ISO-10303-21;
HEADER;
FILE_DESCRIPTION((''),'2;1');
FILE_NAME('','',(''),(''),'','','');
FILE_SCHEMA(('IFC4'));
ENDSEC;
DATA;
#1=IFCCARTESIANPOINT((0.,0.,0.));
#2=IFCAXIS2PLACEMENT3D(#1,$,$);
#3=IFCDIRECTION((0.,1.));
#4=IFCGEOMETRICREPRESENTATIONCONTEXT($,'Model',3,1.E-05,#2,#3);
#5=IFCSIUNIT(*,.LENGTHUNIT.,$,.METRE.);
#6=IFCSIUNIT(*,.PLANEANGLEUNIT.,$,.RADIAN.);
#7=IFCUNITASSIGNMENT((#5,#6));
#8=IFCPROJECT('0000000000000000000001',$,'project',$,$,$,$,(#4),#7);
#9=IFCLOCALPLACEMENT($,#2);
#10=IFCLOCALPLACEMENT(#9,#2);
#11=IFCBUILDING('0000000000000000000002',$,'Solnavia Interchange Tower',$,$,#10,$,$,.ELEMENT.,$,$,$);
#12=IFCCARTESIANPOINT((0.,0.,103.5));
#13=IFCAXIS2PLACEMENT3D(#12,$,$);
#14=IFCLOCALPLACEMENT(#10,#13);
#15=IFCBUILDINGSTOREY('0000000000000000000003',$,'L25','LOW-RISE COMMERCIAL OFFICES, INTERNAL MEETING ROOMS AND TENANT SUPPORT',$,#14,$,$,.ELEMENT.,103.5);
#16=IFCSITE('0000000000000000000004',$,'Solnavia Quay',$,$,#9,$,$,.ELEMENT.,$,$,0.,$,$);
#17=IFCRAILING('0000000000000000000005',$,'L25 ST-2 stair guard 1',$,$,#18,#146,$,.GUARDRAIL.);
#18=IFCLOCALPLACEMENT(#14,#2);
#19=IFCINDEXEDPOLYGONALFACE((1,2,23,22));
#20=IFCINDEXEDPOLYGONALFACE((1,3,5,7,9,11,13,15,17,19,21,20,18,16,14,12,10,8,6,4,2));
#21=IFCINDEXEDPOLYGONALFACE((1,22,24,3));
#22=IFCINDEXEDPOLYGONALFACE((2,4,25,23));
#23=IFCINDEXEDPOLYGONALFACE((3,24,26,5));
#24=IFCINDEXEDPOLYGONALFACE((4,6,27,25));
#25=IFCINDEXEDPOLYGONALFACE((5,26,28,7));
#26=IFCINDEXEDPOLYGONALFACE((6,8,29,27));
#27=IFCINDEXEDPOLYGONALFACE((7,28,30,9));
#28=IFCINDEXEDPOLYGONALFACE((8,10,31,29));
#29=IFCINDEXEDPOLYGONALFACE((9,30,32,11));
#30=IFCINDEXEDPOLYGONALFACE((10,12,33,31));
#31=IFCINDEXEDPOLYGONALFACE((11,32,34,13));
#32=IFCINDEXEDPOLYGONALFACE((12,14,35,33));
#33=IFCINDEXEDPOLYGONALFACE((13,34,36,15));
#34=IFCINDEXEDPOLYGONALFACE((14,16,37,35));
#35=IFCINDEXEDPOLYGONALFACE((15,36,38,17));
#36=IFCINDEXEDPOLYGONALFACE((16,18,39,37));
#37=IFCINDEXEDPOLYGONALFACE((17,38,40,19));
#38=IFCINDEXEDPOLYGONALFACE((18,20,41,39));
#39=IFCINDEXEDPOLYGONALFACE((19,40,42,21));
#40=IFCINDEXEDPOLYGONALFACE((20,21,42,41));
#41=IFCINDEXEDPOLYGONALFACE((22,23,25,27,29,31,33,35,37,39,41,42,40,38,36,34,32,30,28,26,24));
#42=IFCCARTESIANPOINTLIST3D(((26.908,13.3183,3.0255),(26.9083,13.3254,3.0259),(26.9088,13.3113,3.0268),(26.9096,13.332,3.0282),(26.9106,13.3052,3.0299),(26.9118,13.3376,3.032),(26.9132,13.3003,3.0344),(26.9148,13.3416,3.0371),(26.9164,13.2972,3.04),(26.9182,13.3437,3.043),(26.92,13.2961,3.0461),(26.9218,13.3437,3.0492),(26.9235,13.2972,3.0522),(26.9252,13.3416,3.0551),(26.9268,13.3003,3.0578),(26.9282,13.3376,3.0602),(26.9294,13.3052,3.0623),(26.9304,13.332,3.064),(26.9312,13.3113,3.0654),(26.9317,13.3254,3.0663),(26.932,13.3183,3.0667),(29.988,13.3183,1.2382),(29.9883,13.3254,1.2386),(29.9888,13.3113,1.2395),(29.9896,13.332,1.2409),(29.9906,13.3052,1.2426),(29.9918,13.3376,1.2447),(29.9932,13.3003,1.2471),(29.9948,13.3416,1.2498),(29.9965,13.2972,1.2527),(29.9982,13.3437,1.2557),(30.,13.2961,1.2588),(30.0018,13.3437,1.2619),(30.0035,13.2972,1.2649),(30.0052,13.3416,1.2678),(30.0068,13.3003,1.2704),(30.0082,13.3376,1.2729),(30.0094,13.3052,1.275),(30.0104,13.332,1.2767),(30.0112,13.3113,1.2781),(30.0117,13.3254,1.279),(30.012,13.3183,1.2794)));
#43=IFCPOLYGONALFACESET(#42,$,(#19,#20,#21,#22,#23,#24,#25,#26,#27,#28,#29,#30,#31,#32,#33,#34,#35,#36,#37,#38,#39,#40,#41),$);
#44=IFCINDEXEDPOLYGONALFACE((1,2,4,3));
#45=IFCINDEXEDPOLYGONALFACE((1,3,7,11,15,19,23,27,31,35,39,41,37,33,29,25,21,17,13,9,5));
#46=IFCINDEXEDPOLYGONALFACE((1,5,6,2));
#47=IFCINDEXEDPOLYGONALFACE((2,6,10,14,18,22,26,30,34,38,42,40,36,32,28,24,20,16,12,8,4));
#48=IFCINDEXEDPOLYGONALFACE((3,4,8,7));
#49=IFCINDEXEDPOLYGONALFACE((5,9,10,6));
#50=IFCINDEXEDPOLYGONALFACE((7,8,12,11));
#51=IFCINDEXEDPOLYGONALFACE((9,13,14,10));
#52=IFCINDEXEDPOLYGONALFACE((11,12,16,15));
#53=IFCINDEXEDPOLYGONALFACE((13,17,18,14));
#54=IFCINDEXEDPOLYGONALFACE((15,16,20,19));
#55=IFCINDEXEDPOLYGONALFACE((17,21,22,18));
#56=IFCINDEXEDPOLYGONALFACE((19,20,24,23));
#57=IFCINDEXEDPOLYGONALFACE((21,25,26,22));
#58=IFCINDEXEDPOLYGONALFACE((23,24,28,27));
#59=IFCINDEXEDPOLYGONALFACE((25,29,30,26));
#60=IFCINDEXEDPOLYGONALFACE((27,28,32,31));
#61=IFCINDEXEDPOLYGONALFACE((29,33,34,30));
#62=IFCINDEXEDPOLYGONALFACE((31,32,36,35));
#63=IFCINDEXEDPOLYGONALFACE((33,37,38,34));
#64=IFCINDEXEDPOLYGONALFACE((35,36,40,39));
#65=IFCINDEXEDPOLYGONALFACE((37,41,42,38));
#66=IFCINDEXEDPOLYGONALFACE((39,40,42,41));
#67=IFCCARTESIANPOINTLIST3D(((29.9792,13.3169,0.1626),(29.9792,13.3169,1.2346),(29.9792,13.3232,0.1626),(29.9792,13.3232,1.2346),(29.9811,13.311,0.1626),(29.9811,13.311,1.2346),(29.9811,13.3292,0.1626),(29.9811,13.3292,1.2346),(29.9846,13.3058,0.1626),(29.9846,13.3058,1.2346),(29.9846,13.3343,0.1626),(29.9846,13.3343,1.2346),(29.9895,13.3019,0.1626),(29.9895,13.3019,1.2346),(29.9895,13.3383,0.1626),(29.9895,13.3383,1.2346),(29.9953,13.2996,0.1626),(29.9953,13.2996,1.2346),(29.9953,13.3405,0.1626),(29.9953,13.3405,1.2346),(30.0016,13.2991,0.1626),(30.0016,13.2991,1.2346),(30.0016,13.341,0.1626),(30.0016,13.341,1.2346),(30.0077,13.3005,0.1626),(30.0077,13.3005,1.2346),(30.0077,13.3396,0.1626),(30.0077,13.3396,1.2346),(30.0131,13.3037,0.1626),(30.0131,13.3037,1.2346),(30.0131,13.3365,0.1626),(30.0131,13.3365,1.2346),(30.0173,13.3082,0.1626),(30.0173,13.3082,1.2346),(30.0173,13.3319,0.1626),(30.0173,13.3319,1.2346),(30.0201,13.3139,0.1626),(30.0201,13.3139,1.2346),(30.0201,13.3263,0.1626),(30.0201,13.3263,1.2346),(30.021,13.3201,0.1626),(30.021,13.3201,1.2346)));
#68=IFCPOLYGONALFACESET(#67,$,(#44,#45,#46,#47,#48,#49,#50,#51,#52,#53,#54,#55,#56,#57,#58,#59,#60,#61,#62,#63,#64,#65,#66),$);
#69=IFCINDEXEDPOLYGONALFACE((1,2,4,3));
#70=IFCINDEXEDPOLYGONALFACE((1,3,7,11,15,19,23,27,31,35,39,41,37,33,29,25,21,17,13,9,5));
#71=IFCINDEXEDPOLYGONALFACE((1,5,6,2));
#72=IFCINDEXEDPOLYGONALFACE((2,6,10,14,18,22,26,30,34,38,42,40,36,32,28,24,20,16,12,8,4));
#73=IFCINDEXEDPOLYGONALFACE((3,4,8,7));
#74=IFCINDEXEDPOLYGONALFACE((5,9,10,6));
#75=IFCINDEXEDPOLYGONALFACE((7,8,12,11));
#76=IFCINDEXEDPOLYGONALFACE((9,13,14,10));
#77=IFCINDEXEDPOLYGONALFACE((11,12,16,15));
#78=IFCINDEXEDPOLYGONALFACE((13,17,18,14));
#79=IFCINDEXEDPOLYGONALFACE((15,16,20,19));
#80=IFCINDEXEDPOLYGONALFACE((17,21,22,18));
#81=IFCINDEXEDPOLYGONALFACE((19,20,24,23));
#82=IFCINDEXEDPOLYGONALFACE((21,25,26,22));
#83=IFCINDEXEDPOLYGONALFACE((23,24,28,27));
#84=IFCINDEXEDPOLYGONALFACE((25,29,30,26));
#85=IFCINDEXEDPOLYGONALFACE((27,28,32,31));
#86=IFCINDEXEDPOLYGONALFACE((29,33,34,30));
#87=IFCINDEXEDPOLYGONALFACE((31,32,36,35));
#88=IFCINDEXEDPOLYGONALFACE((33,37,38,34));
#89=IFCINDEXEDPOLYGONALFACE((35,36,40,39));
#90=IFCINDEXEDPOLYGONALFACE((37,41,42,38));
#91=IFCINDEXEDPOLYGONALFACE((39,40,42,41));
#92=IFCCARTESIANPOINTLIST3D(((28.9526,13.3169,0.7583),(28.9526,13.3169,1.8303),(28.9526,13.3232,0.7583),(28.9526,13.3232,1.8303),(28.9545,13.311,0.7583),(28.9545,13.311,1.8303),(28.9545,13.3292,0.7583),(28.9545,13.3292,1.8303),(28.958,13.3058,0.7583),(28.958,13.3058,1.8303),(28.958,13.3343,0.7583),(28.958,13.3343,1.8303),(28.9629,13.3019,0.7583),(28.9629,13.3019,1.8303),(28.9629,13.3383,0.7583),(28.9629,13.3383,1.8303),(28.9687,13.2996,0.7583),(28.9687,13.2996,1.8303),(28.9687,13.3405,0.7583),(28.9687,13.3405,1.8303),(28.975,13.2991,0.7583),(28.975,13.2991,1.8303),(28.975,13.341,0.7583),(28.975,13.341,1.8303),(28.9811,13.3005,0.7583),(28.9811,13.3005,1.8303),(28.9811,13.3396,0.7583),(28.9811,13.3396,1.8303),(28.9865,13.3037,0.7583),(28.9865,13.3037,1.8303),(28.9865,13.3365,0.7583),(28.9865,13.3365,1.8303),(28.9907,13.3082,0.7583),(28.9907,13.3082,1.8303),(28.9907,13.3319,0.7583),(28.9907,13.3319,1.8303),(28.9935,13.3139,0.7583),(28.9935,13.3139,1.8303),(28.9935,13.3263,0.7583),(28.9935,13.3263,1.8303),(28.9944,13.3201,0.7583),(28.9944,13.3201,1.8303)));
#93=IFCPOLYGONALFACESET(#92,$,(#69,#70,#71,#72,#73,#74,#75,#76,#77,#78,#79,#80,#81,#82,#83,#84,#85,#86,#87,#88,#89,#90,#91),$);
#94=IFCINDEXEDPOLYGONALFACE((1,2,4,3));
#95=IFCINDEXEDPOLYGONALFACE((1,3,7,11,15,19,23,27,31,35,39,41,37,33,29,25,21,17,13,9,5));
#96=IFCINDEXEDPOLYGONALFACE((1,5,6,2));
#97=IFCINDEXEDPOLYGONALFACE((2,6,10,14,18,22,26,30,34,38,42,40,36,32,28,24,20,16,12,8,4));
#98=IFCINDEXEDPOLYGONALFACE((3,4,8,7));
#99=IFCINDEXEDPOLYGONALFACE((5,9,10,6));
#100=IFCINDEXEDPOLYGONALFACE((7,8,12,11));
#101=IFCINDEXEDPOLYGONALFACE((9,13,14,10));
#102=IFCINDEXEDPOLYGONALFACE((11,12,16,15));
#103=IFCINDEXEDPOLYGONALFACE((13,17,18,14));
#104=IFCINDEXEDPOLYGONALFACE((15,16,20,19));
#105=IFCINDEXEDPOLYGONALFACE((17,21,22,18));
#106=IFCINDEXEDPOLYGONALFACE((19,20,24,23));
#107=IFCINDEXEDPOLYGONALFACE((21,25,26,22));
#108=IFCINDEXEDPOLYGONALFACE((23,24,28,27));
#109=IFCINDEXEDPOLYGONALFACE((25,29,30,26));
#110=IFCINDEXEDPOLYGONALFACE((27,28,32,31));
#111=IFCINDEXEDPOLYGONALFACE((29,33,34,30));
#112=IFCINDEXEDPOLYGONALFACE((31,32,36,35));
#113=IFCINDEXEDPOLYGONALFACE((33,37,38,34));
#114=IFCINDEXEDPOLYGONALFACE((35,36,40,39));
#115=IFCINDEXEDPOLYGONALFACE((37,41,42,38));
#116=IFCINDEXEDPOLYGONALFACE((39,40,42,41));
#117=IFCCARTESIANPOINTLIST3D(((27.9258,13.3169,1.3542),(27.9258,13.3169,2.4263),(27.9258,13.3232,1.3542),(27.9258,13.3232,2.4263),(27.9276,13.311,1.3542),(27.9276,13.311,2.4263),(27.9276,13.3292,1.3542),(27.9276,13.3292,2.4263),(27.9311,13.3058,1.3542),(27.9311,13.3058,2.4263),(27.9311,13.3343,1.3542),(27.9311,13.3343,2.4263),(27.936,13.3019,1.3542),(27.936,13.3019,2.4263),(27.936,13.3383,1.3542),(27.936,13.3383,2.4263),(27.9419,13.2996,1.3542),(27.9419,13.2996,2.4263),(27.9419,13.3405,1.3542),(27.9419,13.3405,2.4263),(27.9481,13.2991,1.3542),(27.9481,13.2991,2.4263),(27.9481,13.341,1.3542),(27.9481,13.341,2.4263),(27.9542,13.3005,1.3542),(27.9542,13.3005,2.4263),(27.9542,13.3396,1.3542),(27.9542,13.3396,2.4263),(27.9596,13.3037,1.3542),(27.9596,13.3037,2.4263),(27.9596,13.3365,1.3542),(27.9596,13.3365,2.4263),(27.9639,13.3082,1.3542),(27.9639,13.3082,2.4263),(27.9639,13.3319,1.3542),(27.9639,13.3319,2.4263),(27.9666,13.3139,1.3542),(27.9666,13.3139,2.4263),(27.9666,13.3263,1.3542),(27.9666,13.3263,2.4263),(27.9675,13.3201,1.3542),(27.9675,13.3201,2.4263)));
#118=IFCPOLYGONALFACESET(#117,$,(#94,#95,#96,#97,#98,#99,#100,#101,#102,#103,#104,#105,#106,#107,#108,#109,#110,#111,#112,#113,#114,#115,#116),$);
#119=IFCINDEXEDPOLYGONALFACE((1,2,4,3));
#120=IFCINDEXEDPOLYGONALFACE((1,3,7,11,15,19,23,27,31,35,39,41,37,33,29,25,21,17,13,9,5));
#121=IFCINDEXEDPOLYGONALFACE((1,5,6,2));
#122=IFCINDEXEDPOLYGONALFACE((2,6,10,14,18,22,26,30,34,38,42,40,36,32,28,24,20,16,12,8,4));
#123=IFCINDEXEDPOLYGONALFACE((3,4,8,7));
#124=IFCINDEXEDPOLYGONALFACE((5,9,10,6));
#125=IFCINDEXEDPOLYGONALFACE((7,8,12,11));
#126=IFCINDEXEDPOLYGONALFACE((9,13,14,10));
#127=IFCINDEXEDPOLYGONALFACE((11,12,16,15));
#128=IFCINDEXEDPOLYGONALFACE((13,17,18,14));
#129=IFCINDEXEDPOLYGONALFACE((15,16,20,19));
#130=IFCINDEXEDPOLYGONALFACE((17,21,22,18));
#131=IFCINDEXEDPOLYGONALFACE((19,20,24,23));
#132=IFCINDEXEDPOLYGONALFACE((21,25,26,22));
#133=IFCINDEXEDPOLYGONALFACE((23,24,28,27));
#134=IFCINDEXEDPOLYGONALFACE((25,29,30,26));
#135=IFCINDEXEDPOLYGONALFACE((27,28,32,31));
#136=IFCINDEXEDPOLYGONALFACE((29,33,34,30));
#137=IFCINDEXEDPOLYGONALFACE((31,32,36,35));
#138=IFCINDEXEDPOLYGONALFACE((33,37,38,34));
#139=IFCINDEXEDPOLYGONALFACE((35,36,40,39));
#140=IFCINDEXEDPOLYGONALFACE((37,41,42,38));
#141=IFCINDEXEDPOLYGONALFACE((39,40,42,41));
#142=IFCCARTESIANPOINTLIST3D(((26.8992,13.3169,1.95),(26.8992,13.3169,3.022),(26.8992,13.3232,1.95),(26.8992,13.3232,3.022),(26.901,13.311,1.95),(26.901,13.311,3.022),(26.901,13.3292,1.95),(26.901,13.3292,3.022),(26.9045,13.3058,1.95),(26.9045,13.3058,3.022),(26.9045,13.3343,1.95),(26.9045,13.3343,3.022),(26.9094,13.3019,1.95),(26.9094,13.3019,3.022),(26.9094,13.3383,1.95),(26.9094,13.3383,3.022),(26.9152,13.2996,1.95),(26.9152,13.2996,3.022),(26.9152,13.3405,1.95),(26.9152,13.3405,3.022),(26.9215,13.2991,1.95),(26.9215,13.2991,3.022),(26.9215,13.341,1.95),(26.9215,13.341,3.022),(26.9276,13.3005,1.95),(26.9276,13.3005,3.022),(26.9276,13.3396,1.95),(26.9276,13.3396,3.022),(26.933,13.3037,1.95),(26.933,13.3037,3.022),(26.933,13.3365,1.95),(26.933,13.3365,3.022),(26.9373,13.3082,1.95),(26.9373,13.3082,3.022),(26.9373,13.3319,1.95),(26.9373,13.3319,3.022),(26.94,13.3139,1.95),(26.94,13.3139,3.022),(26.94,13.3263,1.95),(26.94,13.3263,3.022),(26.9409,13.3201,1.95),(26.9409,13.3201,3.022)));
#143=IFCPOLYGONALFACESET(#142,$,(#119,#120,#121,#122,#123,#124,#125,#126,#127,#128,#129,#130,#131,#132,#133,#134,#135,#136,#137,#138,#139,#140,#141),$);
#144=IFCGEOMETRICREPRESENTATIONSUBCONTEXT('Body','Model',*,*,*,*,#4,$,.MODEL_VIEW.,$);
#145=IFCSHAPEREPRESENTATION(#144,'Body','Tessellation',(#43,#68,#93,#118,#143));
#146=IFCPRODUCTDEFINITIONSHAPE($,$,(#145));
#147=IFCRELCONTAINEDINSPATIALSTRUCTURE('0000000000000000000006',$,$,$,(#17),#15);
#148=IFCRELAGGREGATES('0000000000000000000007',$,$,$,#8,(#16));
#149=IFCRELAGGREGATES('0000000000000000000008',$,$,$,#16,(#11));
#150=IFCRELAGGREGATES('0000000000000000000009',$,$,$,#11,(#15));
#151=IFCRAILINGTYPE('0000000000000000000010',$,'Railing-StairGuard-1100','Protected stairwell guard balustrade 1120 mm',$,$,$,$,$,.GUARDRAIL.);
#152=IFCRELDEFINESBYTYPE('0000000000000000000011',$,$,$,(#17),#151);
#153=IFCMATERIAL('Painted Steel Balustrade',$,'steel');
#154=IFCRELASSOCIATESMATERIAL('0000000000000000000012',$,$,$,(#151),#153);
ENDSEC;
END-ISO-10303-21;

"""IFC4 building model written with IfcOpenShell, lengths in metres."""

from ifc_helpers import new_model, si_unit, direction, frame, origin, origin_2d, place, context, subcontext, project, spatial, circle, extrude, material, type_object, element, save


model = new_model("IFC4")

# Units and contexts
model_context = context("Model", 3, precision=1e-05, world=origin(), true_north=direction((0.0, 1.0)))
body_context = subcontext(model_context, "Body", "Model", "MODEL_VIEW")
ifc_project = project(units=[si_unit("LENGTHUNIT", "METRE"), si_unit("PLANEANGLEUNIT", "RADIAN")], contexts=[model_context])

# Site, building, storey
site_placement = place(None, origin())
site = spatial("IfcSite", under=ifc_project, at=site_placement, Name="Solnavia Quay", CompositionType="ELEMENT", RefElevation=0.0)
building_placement = place(site_placement, origin())
building = spatial("IfcBuilding", under=site, at=building_placement, Name="Solnavia Interchange Tower", CompositionType="ELEMENT")
storey_placement = place(building_placement, frame((0.0, 0.0, 103.5)))
storey = spatial("IfcBuildingStorey", under=building, at=storey_placement, Name="L25", Description="LOW-RISE COMMERCIAL OFFICES, INTERNAL MEETING ROOMS AND TENANT SUPPORT", CompositionType="ELEMENT", Elevation=103.5)

# Railing
ifc_material_1 = material(Name="Painted Steel Balustrade", Category="steel")
railing_type_1 = type_object("IfcRailingType", Name="Railing-StairGuard-1100", Description="Protected stairwell guard balustrade 1120 mm", PredefinedType="GUARDRAIL", material=ifc_material_1)
railing_1_placement = place(storey_placement, frame((30.0, 13.3201, 0.1626)))
element("IfcRailing", 1, at=railing_1_placement, inside=storey, type_object=railing_type_1, Name="L25 ST-2 stair guard 1", PredefinedType="GUARDRAIL", context=body_context, shape_type="SweptSolid", body=[
    extrude(circle(Radius=0.0239, at=origin_2d()), frame((0.0, 0.0, 1.0962), z_axis=(-0.86492, 0.0, 0.501909), x_axis=(0.0, -1.0, 0.0)), (0.0, 0.0, 1.0), 3.561),
    extrude(circle(Radius=0.021, at=origin_2d()), origin(), (0.0, 0.0, 1.0), 1.072),
    extrude(circle(Radius=0.021, at=origin_2d()), frame((-1.0266, 0.0, 0.5957)), (0.0, 0.0, 1.0), 1.072),
    extrude(circle(Radius=0.021, at=origin_2d()), frame((-2.0535, 0.0, 1.1917)), (0.0, 0.0, 1.0), 1.072),
    extrude(circle(Radius=0.021, at=origin_2d()), frame((-3.0801, 0.0, 1.7874)), (0.0, 0.0, 1.0), 1.072),
])

save(model, "model.ifc")
